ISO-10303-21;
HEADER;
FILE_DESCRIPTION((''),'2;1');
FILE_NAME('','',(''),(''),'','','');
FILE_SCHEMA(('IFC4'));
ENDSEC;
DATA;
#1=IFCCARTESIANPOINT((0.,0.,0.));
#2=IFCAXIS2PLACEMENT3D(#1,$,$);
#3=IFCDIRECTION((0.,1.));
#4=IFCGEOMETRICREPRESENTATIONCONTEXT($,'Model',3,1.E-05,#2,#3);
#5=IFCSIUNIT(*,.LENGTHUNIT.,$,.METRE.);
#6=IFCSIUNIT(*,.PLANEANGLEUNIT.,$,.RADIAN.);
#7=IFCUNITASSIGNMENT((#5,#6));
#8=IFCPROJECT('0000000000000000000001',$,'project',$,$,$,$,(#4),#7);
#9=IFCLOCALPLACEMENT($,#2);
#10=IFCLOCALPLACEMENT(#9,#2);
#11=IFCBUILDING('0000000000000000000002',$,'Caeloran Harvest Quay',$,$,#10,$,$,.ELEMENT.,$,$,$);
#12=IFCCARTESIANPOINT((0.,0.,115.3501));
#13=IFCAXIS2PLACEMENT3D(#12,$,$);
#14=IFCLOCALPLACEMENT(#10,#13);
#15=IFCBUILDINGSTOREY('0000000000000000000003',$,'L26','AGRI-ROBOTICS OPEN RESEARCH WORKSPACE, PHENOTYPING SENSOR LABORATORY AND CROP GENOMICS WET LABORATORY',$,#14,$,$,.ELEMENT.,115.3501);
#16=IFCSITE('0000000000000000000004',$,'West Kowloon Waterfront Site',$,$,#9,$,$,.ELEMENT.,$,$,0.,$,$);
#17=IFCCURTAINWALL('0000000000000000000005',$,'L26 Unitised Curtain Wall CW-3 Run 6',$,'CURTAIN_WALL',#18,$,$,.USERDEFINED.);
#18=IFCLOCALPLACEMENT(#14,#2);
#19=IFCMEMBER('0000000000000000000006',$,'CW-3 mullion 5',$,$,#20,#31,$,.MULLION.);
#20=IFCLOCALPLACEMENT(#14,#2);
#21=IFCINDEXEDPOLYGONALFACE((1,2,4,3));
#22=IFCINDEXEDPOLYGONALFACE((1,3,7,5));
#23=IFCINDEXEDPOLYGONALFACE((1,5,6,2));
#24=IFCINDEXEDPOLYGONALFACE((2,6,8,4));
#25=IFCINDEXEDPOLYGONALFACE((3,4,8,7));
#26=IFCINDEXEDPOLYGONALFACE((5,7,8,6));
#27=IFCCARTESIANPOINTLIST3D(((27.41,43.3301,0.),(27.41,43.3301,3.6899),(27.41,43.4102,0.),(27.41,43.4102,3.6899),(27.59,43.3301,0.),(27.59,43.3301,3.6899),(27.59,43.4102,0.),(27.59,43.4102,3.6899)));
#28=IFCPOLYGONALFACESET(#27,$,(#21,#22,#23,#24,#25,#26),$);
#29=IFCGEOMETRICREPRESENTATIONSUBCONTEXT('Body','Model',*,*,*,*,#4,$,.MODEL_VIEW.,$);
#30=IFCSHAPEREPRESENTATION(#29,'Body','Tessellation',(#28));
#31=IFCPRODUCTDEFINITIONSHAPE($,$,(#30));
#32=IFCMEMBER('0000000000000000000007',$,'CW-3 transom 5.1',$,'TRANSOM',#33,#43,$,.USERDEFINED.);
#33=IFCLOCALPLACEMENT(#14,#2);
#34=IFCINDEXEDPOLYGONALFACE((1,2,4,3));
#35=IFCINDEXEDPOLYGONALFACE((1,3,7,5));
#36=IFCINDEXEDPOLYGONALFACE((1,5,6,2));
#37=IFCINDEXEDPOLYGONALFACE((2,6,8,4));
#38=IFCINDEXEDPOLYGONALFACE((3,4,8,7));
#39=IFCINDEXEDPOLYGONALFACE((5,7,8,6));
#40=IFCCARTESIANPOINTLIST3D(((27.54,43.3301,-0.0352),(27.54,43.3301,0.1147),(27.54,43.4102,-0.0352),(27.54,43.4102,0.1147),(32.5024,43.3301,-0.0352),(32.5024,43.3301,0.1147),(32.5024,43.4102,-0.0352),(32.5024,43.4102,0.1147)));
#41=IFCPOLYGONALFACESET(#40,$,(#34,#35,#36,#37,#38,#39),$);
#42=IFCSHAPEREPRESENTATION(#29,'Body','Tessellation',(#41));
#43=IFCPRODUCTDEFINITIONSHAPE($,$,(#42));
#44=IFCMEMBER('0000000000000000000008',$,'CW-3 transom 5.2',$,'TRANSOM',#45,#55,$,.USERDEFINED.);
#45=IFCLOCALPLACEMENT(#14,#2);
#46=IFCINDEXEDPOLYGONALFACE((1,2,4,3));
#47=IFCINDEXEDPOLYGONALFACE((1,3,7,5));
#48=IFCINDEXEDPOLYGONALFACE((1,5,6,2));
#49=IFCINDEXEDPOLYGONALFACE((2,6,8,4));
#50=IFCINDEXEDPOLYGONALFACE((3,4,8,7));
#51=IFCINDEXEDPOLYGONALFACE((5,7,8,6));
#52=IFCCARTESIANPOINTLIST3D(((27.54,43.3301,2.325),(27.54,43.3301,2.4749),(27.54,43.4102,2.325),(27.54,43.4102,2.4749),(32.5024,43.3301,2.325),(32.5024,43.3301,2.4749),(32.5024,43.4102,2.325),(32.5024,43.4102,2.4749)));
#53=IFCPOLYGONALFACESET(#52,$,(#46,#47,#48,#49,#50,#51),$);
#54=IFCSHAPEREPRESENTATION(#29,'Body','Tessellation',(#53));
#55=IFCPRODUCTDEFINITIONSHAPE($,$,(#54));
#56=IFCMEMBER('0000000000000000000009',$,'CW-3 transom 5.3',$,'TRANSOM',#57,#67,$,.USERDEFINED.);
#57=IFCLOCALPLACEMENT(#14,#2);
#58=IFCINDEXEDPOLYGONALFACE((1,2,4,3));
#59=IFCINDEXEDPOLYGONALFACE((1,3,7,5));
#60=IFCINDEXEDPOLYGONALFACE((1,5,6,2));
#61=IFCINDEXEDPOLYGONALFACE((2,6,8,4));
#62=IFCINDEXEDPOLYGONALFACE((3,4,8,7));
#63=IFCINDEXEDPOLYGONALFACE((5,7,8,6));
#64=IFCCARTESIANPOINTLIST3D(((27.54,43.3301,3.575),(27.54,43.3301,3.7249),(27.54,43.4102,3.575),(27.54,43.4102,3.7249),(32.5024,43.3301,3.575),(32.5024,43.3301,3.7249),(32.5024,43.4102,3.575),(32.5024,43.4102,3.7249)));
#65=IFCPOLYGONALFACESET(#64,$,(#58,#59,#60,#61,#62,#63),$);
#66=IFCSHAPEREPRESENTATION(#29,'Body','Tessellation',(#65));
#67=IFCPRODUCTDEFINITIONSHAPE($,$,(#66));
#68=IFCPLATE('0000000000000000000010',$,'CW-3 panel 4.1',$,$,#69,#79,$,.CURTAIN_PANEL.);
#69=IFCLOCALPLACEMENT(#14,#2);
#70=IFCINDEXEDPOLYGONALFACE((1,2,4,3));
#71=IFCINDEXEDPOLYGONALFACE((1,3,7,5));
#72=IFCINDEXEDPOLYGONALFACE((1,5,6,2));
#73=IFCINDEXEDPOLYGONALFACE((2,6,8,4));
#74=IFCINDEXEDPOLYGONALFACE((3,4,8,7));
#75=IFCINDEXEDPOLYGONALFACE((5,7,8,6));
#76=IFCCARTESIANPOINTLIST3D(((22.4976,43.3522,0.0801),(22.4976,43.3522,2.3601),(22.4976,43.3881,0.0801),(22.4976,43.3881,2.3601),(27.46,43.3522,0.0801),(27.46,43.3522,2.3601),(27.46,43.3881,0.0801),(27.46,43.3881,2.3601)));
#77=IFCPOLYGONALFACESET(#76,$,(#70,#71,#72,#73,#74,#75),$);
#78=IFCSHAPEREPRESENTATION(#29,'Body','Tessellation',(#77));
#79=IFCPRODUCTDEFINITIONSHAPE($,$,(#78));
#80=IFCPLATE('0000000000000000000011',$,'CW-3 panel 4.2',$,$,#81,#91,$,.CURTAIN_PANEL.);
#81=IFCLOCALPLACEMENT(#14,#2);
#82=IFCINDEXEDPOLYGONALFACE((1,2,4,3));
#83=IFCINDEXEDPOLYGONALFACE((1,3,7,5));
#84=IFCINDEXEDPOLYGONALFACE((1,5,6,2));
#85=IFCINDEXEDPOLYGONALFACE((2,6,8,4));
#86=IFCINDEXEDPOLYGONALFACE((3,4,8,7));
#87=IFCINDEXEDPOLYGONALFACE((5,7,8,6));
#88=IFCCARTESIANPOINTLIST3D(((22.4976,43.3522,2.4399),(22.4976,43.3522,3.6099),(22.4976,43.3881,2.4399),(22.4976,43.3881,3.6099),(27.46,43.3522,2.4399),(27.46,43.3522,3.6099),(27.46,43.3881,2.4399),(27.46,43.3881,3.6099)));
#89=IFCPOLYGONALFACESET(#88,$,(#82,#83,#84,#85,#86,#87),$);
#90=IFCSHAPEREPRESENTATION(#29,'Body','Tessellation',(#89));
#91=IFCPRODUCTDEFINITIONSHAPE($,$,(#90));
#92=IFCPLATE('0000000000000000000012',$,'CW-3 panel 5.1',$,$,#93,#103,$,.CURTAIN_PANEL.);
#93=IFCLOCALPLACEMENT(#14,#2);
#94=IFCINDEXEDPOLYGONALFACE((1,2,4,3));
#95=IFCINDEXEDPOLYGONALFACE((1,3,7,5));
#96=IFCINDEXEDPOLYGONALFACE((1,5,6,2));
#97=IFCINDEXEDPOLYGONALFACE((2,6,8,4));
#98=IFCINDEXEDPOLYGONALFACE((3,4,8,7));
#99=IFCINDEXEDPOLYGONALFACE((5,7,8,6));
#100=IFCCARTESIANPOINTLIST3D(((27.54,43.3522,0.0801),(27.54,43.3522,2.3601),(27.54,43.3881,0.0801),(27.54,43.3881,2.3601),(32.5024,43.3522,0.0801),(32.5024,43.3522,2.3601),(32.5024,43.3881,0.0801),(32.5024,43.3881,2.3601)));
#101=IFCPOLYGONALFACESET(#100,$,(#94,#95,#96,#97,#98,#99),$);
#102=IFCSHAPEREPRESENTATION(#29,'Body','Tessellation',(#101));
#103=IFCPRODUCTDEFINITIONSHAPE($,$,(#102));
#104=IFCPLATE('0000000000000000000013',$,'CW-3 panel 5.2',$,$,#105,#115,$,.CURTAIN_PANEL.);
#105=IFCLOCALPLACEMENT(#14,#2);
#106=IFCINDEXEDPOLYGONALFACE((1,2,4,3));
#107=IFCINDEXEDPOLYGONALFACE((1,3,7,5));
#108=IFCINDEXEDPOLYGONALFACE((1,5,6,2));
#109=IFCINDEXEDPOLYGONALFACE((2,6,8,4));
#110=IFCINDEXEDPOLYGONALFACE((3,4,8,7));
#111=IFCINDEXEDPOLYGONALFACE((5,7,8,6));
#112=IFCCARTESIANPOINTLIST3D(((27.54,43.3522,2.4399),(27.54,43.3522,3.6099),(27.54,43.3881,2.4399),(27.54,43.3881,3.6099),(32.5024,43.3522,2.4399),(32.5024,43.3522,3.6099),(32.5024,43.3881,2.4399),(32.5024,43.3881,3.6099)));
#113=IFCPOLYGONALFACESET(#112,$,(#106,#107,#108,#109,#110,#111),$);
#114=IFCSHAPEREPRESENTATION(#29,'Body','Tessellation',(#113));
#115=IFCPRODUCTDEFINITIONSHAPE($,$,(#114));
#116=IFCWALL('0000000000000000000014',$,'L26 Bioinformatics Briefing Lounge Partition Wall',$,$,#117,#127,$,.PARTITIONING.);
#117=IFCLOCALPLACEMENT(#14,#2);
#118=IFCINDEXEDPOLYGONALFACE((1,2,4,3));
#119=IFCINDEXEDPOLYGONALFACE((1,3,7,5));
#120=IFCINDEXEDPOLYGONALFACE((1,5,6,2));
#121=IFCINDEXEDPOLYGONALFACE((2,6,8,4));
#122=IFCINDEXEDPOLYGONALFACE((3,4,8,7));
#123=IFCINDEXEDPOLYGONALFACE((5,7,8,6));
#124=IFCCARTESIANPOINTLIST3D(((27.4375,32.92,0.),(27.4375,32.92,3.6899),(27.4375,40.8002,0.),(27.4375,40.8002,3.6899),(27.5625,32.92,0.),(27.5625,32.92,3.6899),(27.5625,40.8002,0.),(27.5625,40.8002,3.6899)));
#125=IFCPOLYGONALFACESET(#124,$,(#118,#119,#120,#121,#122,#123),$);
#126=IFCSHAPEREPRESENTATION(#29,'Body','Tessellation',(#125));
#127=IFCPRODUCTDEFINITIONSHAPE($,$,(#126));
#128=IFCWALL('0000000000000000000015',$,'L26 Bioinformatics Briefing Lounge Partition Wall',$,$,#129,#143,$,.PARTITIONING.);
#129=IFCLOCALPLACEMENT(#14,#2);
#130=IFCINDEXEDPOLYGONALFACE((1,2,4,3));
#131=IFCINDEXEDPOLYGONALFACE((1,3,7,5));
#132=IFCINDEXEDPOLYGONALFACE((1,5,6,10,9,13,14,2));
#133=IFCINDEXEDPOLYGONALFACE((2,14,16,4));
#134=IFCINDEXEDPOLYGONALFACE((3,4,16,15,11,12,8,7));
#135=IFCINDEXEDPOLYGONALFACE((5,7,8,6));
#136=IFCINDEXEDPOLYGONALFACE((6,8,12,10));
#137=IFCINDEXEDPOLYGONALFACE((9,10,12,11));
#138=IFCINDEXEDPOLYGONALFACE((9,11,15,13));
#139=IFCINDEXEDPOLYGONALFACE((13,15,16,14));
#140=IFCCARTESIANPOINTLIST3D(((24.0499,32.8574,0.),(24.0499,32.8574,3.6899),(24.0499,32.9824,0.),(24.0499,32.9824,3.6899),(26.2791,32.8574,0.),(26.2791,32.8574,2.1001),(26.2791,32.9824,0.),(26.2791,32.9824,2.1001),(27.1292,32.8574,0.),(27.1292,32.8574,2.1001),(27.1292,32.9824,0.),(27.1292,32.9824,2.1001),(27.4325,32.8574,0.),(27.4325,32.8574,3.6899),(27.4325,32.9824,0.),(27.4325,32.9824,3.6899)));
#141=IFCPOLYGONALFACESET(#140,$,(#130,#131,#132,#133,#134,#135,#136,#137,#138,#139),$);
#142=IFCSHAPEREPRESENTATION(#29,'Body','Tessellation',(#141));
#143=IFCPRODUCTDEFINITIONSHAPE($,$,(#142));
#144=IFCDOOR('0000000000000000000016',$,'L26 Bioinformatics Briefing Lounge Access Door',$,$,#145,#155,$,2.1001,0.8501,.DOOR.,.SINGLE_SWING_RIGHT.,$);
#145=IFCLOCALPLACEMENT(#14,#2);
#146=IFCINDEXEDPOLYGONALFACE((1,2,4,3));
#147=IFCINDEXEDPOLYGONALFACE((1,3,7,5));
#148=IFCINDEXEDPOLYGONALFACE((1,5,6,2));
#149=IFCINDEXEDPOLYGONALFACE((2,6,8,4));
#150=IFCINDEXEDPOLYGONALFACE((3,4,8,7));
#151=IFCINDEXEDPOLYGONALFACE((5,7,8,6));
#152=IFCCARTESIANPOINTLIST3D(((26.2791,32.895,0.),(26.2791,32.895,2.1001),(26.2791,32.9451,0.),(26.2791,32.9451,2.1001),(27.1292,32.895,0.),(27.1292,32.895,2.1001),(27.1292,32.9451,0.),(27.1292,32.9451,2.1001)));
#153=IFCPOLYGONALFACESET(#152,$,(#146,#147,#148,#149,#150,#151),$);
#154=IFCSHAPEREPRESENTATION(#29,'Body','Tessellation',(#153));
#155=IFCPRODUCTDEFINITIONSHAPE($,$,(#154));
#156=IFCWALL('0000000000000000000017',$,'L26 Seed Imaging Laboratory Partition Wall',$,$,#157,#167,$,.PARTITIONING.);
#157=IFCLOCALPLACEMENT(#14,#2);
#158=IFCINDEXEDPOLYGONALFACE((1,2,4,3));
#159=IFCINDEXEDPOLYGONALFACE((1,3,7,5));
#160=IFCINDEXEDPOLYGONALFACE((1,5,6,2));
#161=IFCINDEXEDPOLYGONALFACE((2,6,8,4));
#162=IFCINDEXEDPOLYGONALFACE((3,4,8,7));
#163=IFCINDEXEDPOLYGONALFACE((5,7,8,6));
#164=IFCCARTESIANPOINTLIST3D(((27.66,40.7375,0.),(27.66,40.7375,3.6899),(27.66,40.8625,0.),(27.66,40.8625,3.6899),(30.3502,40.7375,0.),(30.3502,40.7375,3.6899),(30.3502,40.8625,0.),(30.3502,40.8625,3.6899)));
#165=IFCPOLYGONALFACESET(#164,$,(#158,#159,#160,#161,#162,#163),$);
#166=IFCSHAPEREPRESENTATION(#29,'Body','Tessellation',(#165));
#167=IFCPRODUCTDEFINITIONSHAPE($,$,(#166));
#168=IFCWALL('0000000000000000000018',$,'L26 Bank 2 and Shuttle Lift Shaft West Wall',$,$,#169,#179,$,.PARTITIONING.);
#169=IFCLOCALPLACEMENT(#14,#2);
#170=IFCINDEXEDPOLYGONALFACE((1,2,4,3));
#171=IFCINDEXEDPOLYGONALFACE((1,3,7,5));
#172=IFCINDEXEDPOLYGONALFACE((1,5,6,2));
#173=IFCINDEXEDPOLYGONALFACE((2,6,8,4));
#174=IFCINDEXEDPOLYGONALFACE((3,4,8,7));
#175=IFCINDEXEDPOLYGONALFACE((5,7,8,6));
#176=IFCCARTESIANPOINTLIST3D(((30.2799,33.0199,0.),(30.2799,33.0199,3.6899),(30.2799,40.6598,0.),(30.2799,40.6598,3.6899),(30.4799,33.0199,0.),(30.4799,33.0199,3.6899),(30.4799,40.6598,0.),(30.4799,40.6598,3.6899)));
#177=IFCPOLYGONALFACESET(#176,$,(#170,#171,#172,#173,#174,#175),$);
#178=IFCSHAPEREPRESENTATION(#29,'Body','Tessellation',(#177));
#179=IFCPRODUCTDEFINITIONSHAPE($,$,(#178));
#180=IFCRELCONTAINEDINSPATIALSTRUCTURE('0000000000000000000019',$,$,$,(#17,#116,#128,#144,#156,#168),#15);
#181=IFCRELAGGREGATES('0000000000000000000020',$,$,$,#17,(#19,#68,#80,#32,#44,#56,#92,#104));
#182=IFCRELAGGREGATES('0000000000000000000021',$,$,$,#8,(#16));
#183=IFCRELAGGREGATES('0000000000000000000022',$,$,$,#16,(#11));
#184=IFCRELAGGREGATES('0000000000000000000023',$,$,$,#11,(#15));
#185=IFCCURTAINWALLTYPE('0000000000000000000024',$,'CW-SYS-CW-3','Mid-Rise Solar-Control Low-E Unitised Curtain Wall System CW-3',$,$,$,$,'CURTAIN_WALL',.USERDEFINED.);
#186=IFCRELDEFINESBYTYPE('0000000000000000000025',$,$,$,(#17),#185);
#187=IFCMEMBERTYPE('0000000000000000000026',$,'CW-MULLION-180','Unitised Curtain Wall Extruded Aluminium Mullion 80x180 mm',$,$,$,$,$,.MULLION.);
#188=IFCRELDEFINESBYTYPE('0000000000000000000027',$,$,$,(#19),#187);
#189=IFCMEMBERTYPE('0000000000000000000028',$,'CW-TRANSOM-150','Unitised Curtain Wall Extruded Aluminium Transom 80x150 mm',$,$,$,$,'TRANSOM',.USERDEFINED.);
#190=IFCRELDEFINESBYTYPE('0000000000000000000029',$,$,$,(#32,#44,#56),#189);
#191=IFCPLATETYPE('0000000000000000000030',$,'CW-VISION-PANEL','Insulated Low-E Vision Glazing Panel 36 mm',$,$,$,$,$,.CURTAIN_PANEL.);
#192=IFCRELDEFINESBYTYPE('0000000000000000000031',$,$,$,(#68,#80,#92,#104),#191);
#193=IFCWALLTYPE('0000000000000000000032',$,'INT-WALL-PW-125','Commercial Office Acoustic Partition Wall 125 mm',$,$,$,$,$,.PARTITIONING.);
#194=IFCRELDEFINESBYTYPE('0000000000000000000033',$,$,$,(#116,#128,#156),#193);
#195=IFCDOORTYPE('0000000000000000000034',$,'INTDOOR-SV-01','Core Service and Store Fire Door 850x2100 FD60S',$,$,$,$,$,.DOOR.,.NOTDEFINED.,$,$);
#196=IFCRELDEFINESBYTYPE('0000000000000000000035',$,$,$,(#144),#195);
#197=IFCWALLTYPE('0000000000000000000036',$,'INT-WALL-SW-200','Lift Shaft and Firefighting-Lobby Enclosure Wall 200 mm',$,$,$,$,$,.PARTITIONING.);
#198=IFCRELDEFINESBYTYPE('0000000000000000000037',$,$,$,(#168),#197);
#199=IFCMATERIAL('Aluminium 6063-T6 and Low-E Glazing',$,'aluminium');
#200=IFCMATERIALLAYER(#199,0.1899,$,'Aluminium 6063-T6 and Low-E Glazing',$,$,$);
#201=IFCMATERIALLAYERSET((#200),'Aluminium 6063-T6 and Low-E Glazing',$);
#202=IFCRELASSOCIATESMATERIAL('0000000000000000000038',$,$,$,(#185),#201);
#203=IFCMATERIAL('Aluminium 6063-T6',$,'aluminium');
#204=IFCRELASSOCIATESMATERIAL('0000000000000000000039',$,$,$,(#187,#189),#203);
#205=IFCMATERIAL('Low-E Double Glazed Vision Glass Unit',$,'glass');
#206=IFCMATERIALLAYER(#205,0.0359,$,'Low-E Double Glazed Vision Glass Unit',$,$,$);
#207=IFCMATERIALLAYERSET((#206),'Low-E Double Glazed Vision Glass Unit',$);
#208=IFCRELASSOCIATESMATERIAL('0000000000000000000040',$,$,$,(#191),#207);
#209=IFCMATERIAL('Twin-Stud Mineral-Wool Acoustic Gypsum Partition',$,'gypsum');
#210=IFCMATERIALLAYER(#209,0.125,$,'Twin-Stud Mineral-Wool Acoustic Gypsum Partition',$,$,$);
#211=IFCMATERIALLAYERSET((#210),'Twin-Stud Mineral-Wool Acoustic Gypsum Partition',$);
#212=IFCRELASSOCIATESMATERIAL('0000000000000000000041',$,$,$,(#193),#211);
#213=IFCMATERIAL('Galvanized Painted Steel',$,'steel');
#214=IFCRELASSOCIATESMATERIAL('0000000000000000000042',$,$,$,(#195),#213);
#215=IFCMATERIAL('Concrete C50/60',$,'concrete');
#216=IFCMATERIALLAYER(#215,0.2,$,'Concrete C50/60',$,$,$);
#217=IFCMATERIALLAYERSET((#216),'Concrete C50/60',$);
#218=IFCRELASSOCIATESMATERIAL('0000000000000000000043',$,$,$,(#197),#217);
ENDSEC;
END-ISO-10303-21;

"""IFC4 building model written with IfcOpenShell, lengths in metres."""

from ifc_helpers import new_model, si_unit, direction, frame, frame_2d, origin, origin_2d, place, context, subcontext, project, spatial, rectangle, extrude, material, layer, layer_set, material_profile, profile_set, type_object, element, fill, aggregate, save


model = new_model("IFC4")

# Units and contexts
model_context = context("Model", 3, precision=1e-05, world=origin(), true_north=direction((0.0, 1.0)))
body_context = subcontext(model_context, "Body", "Model", "MODEL_VIEW")
ifc_project = project(units=[si_unit("LENGTHUNIT", "METRE"), si_unit("PLANEANGLEUNIT", "RADIAN")], contexts=[model_context])

# Site, building, storey
site_placement = place(None, origin())
site = spatial("IfcSite", under=ifc_project, at=site_placement, Name="West Kowloon Waterfront Site", CompositionType="ELEMENT", RefElevation=0.0)
building_placement = place(site_placement, origin())
building = spatial("IfcBuilding", under=site, at=building_placement, Name="Caeloran Harvest Quay", CompositionType="ELEMENT")
storey_placement = place(building_placement, frame((0.0, 0.0, 115.3501)))
storey = spatial("IfcBuildingStorey", under=building, at=storey_placement, Name="L26", Description="AGRI-ROBOTICS OPEN RESEARCH WORKSPACE, PHENOTYPING SENSOR LABORATORY AND CROP GENOMICS WET LABORATORY", CompositionType="ELEMENT", Elevation=115.3501)

# Curtain wall, members, plates
ifc_material_1 = material(Name="Aluminium 6063-T6 and Low-E Glazing", Category="aluminium")
ifc_layer_1 = layer(ifc_material_1, 0.1899, Name="Aluminium 6063-T6 and Low-E Glazing")
ifc_layer_set_1 = layer_set([ifc_layer_1], Name="Aluminium 6063-T6 and Low-E Glazing")
curtain_wall_type = type_object("IfcCurtainWallType", Name="CW-SYS-CW-3", Description="Mid-Rise Solar-Control Low-E Unitised Curtain Wall System CW-3", ElementType="CURTAIN_WALL", PredefinedType="USERDEFINED", material=ifc_layer_set_1)
curtain_wall_placement = place(storey_placement, origin())
curtain_wall = element("IfcCurtainWall", 1, at=curtain_wall_placement, inside=storey, type_object=curtain_wall_type, Name="L26 Unitised Curtain Wall CW-3 Run 6", ObjectType="CURTAIN_WALL", PredefinedType="USERDEFINED")
ifc_material_2 = material(Name="Aluminium 6063-T6", Category="aluminium")
ifc_material_profile_1 = material_profile(ifc_material_2, rectangle(XDim=0.0801, YDim=0.1799, at=origin_2d()), Name="CW-MULLION-180")
ifc_profile_set_1 = profile_set([ifc_material_profile_1], Name="Aluminium 6063-T6")
member_type_1 = type_object("IfcMemberType", Name="CW-MULLION-180", Description="Unitised Curtain Wall Extruded Aluminium Mullion 80x180 mm", PredefinedType="MULLION", material=ifc_profile_set_1)
member_1_placement = place(storey_placement, frame((27.5, 43.3701, 0.0), z_axis=(0.0, 0.0, 1.0), x_axis=(0.0, 1.0, 0.0)))
member_1 = element("IfcMember", 2, at=member_1_placement, type_object=member_type_1, Name="CW-3 mullion 5", PredefinedType="MULLION", context=body_context, shape_type="SweptSolid", body=[
    extrude(rectangle(XDim=0.0801, YDim=0.1799, at=origin_2d()), origin(), (0.0, 0.0, 1.0), 3.6899),
])
ifc_material_profile_2 = material_profile(ifc_material_2, rectangle(XDim=0.0801, YDim=0.1499, at=origin_2d()), Name="CW-TRANSOM-150")
ifc_profile_set_2 = profile_set([ifc_material_profile_2], Name="Aluminium 6063-T6")
member_type_2 = type_object("IfcMemberType", Name="CW-TRANSOM-150", Description="Unitised Curtain Wall Extruded Aluminium Transom 80x150 mm", ElementType="TRANSOM", PredefinedType="USERDEFINED", material=ifc_profile_set_2)
member_2_placement = place(storey_placement, frame((27.54, 43.3701, 0.0398), z_axis=(1.0, 0.0, 0.0), x_axis=(0.0, 1.0, 0.0)))
member_2 = element("IfcMember", 3, at=member_2_placement, type_object=member_type_2, Name="CW-3 transom 5.1", ObjectType="TRANSOM", PredefinedType="USERDEFINED", context=body_context, shape_type="SweptSolid", body=[
    extrude(rectangle(XDim=0.0801, YDim=0.1499, at=origin_2d()), origin(), (0.0, 0.0, 1.0), 4.9624),
])
member_3_placement = place(storey_placement, frame((27.54, 43.3701, 2.3999), z_axis=(1.0, 0.0, 0.0), x_axis=(0.0, 1.0, 0.0)))
member_3 = element("IfcMember", 4, at=member_3_placement, type_object=member_type_2, Name="CW-3 transom 5.2", ObjectType="TRANSOM", PredefinedType="USERDEFINED", context=body_context, shape_type="SweptSolid", body=[
    extrude(rectangle(XDim=0.0801, YDim=0.1499, at=origin_2d()), origin(), (0.0, 0.0, 1.0), 4.9624),
])
member_4_placement = place(storey_placement, frame((27.54, 43.3701, 3.6499), z_axis=(1.0, 0.0, 0.0), x_axis=(0.0, 1.0, 0.0)))
member_4 = element("IfcMember", 5, at=member_4_placement, type_object=member_type_2, Name="CW-3 transom 5.3", ObjectType="TRANSOM", PredefinedType="USERDEFINED", context=body_context, shape_type="SweptSolid", body=[
    extrude(rectangle(XDim=0.0801, YDim=0.1499, at=origin_2d()), origin(), (0.0, 0.0, 1.0), 4.9624),
])
ifc_material_3 = material(Name="Low-E Double Glazed Vision Glass Unit", Category="glass")
ifc_layer_2 = layer(ifc_material_3, 0.0359, Name="Low-E Double Glazed Vision Glass Unit")
ifc_layer_set_2 = layer_set([ifc_layer_2], Name="Low-E Double Glazed Vision Glass Unit")
plate_type = type_object("IfcPlateType", Name="CW-VISION-PANEL", Description="Insulated Low-E Vision Glazing Panel 36 mm", PredefinedType="CURTAIN_PANEL", material=ifc_layer_set_2)
plate_1_placement = place(storey_placement, frame((24.9788, 43.3701, 0.0801), z_axis=(0.0, 0.0, 1.0), x_axis=(1.0, 0.0, 0.0)))
plate_1 = element("IfcPlate", 6, at=plate_1_placement, type_object=plate_type, Name="CW-3 panel 4.1", PredefinedType="CURTAIN_PANEL", context=body_context, shape_type="SweptSolid", body=[
    extrude(rectangle(XDim=4.9624, YDim=0.0359, at=origin_2d()), origin(), (0.0, 0.0, 1.0), 2.28),
])
plate_2_placement = place(storey_placement, frame((24.9788, 43.3701, 2.4399), z_axis=(0.0, 0.0, 1.0), x_axis=(1.0, 0.0, 0.0)))
plate_2 = element("IfcPlate", 7, at=plate_2_placement, type_object=plate_type, Name="CW-3 panel 4.2", PredefinedType="CURTAIN_PANEL", context=body_context, shape_type="SweptSolid", body=[
    extrude(rectangle(XDim=4.9624, YDim=0.0359, at=origin_2d()), origin(), (0.0, 0.0, 1.0), 1.1699),
])
plate_3_placement = place(storey_placement, frame((30.0212, 43.3701, 0.0801), z_axis=(0.0, 0.0, 1.0), x_axis=(1.0, 0.0, 0.0)))
plate_3 = element("IfcPlate", 8, at=plate_3_placement, type_object=plate_type, Name="CW-3 panel 5.1", PredefinedType="CURTAIN_PANEL", context=body_context, shape_type="SweptSolid", body=[
    extrude(rectangle(XDim=4.9624, YDim=0.0359, at=origin_2d()), origin(), (0.0, 0.0, 1.0), 2.28),
])
plate_4_placement = place(storey_placement, frame((30.0212, 43.3701, 2.4399), z_axis=(0.0, 0.0, 1.0), x_axis=(1.0, 0.0, 0.0)))
plate_4 = element("IfcPlate", 9, at=plate_4_placement, type_object=plate_type, Name="CW-3 panel 5.2", PredefinedType="CURTAIN_PANEL", context=body_context, shape_type="SweptSolid", body=[
    extrude(rectangle(XDim=4.9624, YDim=0.0359, at=origin_2d()), origin(), (0.0, 0.0, 1.0), 1.1699),
])
aggregate(curtain_wall, [member_1, plate_1, plate_2, member_2, member_3, member_4, plate_3, plate_4])

# Wall
ifc_material_4 = material(Name="Twin-Stud Mineral-Wool Acoustic Gypsum Partition", Category="gypsum")
ifc_layer_3 = layer(ifc_material_4, 0.125, Name="Twin-Stud Mineral-Wool Acoustic Gypsum Partition")
ifc_layer_set_3 = layer_set([ifc_layer_3], Name="Twin-Stud Mineral-Wool Acoustic Gypsum Partition")
wall_type_1 = type_object("IfcWallType", Name="INT-WALL-PW-125", Description="Commercial Office Acoustic Partition Wall 125 mm", PredefinedType="PARTITIONING", material=ifc_layer_set_3)
wall_1_placement = place(storey_placement, frame((27.5, 40.8, 0.0), z_axis=(0.0, 0.0, 1.0), x_axis=(0.0, -1.0, 0.0)))
element("IfcWall", 10, at=wall_1_placement, inside=storey, type_object=wall_type_1, Name="L26 Bioinformatics Briefing Lounge Partition Wall", PredefinedType="PARTITIONING", context=body_context, shape_type="SweptSolid", body=[
    extrude(rectangle(XDim=7.8801, YDim=0.125, at=frame_2d((3.9399, 0.0))), origin(), (0.0, 0.0, 1.0), 3.6899),
])

# Wall, opening, door
wall_2_placement = place(storey_placement, frame((27.4326, 32.9199, 0.0), z_axis=(0.0, 0.0, 1.0), x_axis=(-1.0, 0.0, 0.0)))
wall_2 = element("IfcWall", 11, at=wall_2_placement, inside=storey, type_object=wall_type_1, Name="L26 Bioinformatics Briefing Lounge Partition Wall", PredefinedType="PARTITIONING", context=body_context, shape_type="SweptSolid", body=[
    extrude(rectangle(XDim=3.3826, YDim=0.125, at=frame_2d((1.6914, 0.0))), origin(), (0.0, 0.0, 1.0), 3.6899),
])
opening_1_placement = place(wall_2_placement, frame((0.3035, 0.0, 0.0)))
opening_1 = element("IfcOpeningElement", 12, at=opening_1_placement, cuts=wall_2, PredefinedType="OPENING", context=body_context, shape_type="SweptSolid", body=[
    extrude(rectangle(XDim=0.8501, YDim=2.1001, at=frame_2d((0.425, 1.05))), frame((0.0, 0.0725, 0.0), z_axis=(0.0, -1.0, 0.0), x_axis=(1.0, 0.0, 0.0)), (0.0, 0.0, 1.0), 0.145),
])
ifc_material_5 = material(Name="Galvanized Painted Steel", Category="steel")
door_type_1 = type_object("IfcDoorType", Name="INTDOOR-SV-01", Description="Core Service and Store Fire Door 850x2100 FD60S", OperationType="NOTDEFINED", PredefinedType="DOOR", material=ifc_material_5)
door_1_placement = place(opening_1_placement, origin())
door_1 = element("IfcDoor", 13, at=door_1_placement, inside=storey, type_object=door_type_1, Name="L26 Bioinformatics Briefing Lounge Access Door", OperationType="SINGLE_SWING_RIGHT", OverallHeight=2.1001, OverallWidth=0.8501, PredefinedType="DOOR", context=body_context, shape_type="SweptSolid", body=[
    extrude(rectangle(XDim=0.8501, YDim=2.1001, at=frame_2d((0.425, 1.05))), frame((0.0, 0.0249, 0.0), z_axis=(0.0, -1.0, 0.0), x_axis=(1.0, 0.0, 0.0)), (0.0, 0.0, 1.0), 0.05),
])
fill(opening_1, door_1)

# Walls
wall_3_placement = place(storey_placement, frame((27.6599, 40.8, 0.0), z_axis=(0.0, 0.0, 1.0), x_axis=(1.0, 0.0, 0.0)))
element("IfcWall", 14, at=wall_3_placement, inside=storey, type_object=wall_type_1, Name="L26 Seed Imaging Laboratory Partition Wall", PredefinedType="PARTITIONING", context=body_context, shape_type="SweptSolid", body=[
    extrude(rectangle(XDim=2.6902, YDim=0.125, at=frame_2d((1.3452, 0.0))), origin(), (0.0, 0.0, 1.0), 3.6899),
])
ifc_material_6 = material(Name="Concrete C50/60", Category="concrete")
ifc_layer_4 = layer(ifc_material_6, 0.2, Name="Concrete C50/60")
ifc_layer_set_4 = layer_set([ifc_layer_4], Name="Concrete C50/60")
wall_type_2 = type_object("IfcWallType", Name="INT-WALL-SW-200", Description="Lift Shaft and Firefighting-Lobby Enclosure Wall 200 mm", PredefinedType="PARTITIONING", material=ifc_layer_set_4)
wall_4_placement = place(storey_placement, frame((30.3799, 33.02, 0.0), z_axis=(0.0, 0.0, 1.0), x_axis=(0.0, 1.0, 0.0)))
element("IfcWall", 15, at=wall_4_placement, inside=storey, type_object=wall_type_2, Name="L26 Bank 2 and Shuttle Lift Shaft West Wall", PredefinedType="PARTITIONING", context=body_context, shape_type="SweptSolid", body=[
    extrude(rectangle(XDim=7.6399, YDim=0.2, at=frame_2d((3.8198, 0.0))), origin(), (0.0, 0.0, 1.0), 3.6899),
])

save(model, "model.ifc")
